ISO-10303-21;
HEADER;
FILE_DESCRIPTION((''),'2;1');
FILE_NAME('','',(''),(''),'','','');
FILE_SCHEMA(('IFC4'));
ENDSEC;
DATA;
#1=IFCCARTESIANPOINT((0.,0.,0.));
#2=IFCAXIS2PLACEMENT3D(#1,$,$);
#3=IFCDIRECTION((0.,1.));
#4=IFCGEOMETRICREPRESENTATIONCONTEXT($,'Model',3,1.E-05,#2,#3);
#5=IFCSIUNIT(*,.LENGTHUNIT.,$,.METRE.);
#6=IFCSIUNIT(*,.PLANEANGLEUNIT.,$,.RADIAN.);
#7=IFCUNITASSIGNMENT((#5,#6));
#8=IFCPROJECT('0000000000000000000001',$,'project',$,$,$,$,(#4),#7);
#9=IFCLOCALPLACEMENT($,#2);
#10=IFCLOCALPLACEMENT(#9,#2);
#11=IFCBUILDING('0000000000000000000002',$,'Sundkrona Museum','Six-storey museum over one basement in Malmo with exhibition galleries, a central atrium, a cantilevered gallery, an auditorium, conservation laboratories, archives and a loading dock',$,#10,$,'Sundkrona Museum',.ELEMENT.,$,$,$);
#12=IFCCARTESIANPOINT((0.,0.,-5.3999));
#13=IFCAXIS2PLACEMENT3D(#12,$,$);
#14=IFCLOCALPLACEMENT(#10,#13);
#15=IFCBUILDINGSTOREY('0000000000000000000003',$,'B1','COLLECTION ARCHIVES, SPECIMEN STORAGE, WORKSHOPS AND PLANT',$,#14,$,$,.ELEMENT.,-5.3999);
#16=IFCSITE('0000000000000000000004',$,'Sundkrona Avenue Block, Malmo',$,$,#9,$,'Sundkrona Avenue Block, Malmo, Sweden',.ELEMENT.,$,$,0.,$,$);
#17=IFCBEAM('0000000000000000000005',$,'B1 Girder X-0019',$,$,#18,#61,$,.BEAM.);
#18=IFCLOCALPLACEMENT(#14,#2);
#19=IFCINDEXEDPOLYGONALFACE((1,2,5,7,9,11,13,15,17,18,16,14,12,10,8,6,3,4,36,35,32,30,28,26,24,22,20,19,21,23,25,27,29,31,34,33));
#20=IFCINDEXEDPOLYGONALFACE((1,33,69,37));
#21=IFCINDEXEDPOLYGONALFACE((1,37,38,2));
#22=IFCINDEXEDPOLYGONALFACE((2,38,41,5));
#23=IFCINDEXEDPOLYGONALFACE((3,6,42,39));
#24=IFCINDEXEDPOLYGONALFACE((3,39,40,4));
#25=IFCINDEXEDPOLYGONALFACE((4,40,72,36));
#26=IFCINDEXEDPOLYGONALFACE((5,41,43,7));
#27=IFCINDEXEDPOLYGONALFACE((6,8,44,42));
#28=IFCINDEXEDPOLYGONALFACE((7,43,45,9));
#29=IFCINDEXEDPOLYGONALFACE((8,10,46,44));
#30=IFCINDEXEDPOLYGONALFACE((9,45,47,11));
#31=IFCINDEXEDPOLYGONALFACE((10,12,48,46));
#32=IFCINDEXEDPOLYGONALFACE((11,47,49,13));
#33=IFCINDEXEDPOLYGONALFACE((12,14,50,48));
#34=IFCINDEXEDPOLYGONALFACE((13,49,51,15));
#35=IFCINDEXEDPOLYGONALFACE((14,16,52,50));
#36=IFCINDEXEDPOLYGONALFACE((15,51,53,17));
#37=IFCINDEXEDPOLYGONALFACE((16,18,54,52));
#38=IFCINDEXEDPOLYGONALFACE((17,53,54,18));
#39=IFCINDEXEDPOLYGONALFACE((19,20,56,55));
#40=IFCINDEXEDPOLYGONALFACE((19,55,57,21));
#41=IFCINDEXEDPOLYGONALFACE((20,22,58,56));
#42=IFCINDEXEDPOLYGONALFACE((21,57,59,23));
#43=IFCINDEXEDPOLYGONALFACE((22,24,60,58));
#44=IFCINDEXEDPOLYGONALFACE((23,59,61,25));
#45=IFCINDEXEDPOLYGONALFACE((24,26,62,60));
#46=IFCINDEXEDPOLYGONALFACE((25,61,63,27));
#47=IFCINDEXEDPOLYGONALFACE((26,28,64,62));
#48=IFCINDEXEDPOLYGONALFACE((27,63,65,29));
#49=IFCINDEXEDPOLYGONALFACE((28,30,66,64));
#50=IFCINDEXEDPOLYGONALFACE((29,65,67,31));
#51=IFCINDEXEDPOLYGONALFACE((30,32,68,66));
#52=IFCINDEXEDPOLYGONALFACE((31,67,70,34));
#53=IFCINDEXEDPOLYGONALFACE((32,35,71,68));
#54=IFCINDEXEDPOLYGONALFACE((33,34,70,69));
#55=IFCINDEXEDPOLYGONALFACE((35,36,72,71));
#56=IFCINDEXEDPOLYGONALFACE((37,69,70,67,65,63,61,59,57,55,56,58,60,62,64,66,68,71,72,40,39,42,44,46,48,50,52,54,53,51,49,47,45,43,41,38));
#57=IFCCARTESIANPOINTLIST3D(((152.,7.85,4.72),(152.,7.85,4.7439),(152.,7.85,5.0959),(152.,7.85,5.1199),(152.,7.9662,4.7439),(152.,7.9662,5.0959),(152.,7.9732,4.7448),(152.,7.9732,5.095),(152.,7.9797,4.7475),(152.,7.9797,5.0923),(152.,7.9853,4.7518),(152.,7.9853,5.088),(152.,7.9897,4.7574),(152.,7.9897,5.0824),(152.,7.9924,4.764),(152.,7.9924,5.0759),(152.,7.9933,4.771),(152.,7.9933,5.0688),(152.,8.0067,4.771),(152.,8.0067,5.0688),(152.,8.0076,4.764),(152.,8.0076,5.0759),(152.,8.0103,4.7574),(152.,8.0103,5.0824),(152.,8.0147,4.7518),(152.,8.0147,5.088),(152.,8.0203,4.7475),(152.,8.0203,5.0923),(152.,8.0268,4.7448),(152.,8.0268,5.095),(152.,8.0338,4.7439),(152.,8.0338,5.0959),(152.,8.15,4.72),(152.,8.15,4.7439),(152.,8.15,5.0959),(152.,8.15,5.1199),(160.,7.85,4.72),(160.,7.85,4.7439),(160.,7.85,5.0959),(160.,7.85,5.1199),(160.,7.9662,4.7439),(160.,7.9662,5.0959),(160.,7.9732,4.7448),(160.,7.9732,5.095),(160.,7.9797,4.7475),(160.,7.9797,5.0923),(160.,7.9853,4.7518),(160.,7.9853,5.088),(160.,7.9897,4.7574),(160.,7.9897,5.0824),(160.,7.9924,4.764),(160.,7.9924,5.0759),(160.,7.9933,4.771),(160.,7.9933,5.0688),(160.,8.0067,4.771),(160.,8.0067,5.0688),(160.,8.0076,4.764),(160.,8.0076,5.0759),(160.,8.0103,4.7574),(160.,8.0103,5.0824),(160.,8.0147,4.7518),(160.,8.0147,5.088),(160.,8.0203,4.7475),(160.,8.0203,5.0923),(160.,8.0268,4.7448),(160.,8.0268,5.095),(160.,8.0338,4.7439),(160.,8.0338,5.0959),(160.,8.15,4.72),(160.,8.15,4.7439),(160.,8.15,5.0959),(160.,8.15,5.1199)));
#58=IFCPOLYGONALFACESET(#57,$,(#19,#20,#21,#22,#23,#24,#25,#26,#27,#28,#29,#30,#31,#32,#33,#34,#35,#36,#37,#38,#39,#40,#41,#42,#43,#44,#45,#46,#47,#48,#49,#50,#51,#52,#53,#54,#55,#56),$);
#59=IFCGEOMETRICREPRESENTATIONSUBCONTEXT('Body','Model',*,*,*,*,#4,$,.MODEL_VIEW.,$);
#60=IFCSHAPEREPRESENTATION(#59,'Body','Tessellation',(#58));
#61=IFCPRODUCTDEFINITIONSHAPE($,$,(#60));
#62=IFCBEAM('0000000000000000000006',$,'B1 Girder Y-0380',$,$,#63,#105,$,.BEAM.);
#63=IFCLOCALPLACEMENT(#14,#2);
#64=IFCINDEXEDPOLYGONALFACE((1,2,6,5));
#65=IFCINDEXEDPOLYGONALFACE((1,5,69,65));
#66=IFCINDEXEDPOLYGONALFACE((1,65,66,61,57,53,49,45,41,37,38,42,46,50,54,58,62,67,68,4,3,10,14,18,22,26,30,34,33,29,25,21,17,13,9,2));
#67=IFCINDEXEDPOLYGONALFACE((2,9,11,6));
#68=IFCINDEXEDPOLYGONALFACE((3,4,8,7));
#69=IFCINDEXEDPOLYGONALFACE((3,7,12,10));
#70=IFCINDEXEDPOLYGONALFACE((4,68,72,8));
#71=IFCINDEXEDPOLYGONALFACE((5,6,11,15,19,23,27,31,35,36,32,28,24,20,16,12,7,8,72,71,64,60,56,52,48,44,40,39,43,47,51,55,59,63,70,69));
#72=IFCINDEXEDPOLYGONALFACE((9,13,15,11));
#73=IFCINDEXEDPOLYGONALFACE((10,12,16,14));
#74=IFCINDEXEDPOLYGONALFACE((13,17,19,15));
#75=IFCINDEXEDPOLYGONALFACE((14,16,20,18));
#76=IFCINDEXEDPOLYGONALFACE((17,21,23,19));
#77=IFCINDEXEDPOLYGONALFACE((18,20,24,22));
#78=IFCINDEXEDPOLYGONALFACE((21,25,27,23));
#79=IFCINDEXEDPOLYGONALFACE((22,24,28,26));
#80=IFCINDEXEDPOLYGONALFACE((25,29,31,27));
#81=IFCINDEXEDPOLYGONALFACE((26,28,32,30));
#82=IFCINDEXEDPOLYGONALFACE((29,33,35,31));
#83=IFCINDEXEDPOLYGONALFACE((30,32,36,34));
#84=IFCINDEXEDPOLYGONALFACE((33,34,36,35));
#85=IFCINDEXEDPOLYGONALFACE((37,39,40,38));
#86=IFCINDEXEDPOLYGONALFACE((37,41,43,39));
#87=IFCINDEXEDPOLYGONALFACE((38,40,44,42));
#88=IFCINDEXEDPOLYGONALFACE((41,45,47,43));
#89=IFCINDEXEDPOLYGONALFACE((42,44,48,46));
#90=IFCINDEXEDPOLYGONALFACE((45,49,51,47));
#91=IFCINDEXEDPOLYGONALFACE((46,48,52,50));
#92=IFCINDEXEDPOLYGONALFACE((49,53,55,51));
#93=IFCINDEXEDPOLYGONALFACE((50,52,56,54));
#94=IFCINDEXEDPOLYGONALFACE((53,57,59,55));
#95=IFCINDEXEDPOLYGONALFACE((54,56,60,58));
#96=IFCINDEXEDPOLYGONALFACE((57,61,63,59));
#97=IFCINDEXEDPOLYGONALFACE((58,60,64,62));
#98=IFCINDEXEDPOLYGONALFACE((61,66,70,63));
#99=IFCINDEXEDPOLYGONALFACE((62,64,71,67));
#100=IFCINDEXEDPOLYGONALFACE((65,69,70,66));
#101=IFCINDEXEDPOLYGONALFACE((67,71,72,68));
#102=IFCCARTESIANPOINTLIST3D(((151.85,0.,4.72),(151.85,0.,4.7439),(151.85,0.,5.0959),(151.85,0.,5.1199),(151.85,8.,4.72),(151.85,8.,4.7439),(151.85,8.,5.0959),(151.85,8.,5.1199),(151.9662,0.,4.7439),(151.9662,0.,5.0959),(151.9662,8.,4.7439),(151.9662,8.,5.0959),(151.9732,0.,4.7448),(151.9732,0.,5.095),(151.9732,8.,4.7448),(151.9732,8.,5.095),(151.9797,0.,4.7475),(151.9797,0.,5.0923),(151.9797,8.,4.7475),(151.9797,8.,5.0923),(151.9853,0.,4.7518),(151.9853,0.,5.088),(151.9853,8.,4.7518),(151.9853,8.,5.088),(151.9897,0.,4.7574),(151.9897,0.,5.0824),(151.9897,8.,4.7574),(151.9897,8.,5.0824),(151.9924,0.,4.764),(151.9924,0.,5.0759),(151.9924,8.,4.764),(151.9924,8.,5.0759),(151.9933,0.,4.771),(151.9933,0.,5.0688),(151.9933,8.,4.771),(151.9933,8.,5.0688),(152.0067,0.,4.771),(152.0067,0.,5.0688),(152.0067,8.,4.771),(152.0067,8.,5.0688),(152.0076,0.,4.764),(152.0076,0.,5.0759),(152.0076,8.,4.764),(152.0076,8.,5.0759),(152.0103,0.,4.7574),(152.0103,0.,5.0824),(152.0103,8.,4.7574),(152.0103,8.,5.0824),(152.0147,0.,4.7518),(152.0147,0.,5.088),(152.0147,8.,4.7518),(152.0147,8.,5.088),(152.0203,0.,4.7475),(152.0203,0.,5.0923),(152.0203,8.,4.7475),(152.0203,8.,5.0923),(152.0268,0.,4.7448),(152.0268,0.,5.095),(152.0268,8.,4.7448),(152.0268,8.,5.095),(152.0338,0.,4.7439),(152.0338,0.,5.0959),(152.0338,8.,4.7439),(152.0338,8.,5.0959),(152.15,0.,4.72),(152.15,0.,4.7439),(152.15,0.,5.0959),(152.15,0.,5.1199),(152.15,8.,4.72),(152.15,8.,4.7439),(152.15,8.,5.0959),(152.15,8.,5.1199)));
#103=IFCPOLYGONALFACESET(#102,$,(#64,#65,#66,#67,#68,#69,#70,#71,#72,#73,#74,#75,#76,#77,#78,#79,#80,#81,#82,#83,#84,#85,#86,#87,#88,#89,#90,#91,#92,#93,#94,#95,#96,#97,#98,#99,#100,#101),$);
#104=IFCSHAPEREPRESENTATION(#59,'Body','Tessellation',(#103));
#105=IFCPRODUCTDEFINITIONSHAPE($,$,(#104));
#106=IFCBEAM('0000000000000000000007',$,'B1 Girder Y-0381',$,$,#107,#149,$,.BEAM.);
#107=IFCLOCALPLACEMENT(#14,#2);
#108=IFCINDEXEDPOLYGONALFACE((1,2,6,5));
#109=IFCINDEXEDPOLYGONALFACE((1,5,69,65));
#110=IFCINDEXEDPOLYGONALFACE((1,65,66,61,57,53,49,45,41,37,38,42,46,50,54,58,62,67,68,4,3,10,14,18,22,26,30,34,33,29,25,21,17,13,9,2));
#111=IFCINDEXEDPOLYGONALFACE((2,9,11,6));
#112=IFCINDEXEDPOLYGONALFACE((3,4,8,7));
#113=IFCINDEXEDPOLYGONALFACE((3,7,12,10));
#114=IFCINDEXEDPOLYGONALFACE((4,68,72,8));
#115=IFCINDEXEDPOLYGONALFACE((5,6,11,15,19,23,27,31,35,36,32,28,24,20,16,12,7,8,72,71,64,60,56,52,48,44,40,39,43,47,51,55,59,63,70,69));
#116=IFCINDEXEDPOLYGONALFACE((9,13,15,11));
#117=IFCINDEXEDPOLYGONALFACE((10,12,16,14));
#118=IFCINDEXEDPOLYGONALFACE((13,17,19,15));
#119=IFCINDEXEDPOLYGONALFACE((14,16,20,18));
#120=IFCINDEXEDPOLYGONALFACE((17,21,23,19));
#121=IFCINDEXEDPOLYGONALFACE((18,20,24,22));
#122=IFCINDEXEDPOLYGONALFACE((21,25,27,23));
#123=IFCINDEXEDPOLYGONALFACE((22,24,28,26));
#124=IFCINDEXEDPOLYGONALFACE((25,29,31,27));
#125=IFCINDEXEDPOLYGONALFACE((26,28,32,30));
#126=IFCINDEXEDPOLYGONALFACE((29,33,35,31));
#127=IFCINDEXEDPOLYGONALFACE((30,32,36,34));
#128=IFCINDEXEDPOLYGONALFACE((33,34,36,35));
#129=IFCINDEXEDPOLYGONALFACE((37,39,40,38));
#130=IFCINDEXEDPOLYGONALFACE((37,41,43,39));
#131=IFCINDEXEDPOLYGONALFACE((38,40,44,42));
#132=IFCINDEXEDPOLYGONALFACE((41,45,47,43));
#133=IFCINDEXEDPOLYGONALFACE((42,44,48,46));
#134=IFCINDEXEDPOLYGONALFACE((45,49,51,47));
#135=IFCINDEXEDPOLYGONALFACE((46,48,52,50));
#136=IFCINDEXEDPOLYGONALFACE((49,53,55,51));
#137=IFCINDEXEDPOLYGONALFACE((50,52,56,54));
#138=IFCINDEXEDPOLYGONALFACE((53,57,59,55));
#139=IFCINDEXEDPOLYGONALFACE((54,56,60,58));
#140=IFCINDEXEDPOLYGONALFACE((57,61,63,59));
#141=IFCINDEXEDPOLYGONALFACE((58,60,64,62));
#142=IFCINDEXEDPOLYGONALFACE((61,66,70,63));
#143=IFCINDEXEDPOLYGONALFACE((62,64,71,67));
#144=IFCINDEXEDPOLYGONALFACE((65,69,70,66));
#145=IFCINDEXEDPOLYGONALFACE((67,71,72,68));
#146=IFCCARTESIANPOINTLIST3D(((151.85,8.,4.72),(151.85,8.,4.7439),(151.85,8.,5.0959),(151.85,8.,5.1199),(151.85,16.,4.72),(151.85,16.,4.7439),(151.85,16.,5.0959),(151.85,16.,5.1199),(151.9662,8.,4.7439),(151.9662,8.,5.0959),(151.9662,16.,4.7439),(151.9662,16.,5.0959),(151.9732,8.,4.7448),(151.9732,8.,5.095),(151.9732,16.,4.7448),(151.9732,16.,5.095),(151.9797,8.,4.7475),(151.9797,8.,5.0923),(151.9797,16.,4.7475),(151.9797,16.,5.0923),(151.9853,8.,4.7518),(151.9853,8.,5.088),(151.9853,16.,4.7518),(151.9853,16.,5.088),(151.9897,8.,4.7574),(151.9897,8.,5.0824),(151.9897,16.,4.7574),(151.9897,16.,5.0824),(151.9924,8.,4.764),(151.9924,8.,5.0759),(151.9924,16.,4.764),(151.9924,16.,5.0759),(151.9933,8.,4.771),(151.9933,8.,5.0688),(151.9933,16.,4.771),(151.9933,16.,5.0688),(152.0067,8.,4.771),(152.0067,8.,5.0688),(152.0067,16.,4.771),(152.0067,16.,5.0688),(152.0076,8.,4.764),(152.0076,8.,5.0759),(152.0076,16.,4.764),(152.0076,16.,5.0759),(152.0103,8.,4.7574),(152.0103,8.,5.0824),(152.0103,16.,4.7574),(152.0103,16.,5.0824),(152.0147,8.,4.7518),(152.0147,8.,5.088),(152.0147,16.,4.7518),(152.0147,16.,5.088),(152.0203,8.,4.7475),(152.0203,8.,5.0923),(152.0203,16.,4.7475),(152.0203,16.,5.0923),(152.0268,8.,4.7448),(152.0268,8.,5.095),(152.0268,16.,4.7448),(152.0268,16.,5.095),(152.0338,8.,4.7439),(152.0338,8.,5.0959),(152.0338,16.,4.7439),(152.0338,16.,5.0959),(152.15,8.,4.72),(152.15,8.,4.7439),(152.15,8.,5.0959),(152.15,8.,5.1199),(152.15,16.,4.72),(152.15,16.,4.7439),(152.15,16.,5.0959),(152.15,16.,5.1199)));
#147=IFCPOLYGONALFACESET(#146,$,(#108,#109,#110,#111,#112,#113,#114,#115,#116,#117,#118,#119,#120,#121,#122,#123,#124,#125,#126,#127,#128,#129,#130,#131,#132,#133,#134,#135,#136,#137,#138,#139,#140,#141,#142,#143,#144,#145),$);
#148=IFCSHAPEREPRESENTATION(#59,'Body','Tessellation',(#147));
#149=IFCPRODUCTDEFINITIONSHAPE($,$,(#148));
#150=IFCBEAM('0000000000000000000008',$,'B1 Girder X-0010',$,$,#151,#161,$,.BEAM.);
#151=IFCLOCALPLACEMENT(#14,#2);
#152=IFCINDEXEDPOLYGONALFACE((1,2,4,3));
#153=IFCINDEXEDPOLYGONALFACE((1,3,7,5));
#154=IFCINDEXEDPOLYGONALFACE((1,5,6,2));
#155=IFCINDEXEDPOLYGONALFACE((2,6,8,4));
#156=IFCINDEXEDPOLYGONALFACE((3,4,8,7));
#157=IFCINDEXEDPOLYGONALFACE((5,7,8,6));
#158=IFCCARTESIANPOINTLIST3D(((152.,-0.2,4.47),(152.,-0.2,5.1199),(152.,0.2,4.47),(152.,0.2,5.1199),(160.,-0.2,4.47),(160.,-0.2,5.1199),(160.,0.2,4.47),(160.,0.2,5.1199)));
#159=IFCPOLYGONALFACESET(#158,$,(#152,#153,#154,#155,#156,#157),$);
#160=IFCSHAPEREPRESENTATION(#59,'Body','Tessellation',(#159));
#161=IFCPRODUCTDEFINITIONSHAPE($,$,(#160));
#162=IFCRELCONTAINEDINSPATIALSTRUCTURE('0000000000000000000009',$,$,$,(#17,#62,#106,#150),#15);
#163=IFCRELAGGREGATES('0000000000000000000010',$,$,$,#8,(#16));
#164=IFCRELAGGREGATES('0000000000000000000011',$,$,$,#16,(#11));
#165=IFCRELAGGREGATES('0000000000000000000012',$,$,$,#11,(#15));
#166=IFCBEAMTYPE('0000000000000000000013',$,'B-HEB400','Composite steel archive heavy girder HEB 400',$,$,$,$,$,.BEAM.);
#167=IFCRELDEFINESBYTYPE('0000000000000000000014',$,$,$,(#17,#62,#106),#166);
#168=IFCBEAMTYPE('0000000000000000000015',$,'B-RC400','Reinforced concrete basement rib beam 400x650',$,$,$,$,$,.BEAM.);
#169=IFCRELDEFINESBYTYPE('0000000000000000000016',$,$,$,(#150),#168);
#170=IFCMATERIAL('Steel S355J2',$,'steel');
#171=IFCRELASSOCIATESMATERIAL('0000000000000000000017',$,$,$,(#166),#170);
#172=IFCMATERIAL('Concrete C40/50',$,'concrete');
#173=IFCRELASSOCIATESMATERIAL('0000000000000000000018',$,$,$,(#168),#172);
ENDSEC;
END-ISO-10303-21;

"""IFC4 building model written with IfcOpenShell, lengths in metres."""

from ifc_helpers import new_model, si_unit, direction, frame, origin, origin_2d, place, context, subcontext, project, spatial, rectangle, i_section, extrude, material, material_profile, profile_set, type_object, element, save


model = new_model("IFC4")

# Units and contexts
model_context = context("Model", 3, precision=1e-05, world=origin(), true_north=direction((0.0, 1.0)))
body_context = subcontext(model_context, "Body", "Model", "MODEL_VIEW")
ifc_project = project(units=[si_unit("LENGTHUNIT", "METRE"), si_unit("PLANEANGLEUNIT", "RADIAN")], contexts=[model_context])

# Site, building, storey
site_placement = place(None, origin())
site = spatial("IfcSite", under=ifc_project, at=site_placement, Name="Sundkrona Avenue Block, Malmo", LongName="Sundkrona Avenue Block, Malmo, Sweden", CompositionType="ELEMENT", RefElevation=0.0)
building_placement = place(site_placement, origin())
building = spatial("IfcBuilding", under=site, at=building_placement, Name="Sundkrona Museum", Description="Six-storey museum over one basement in Malmo with exhibition galleries, a central atrium, a cantilevered gallery, an auditorium, conservation laboratories, archives and a loading dock", LongName="Sundkrona Museum", CompositionType="ELEMENT")
storey_placement = place(building_placement, frame((0.0, 0.0, -5.3999)))
storey = spatial("IfcBuildingStorey", under=building, at=storey_placement, Name="B1", Description="COLLECTION ARCHIVES, SPECIMEN STORAGE, WORKSHOPS AND PLANT", CompositionType="ELEMENT", Elevation=-5.3999)

# Shared definitions
ifc_material_1 = material(Name="Concrete C40/50", Category="concrete")

# Beams
ifc_material_2 = material(Name="Steel S355J2", Category="steel")
ifc_material_profile_1 = material_profile(ifc_material_2, i_section(OverallWidth=0.3, OverallDepth=0.3999, WebThickness=0.0134, FlangeThickness=0.0239, FilletRadius=0.0271, at=origin_2d()), Name="HEB 400")
ifc_profile_set_1 = profile_set([ifc_material_profile_1], Name="Steel S355J2")
beam_type_1 = type_object("IfcBeamType", Name="B-HEB400", Description="Composite steel archive heavy girder HEB 400", PredefinedType="BEAM", material=ifc_profile_set_1)
for number, where, z_axis, x_axis, name in (
    (1, (152.0, 8.0, 4.9199), (1.0, 0.0, 0.0), (0.0, 1.0, 0.0), "B1 Girder X-0019"),
    (2, (152.0, 0.0, 4.9199), (0.0, 1.0, 0.0), (-1.0, 0.0, 0.0), "B1 Girder Y-0380"),
    (3, (152.0, 8.0, 4.9199), (0.0, 1.0, 0.0), (-1.0, 0.0, 0.0), "B1 Girder Y-0381"),
):
    element("IfcBeam", number, at=place(storey_placement, frame(where, z_axis=z_axis, x_axis=x_axis)), inside=storey, type_object=beam_type_1, Name=name, PredefinedType="BEAM", context=body_context, shape_type="SweptSolid", body=[
        extrude(i_section(OverallWidth=0.3, OverallDepth=0.3999, WebThickness=0.0134, FlangeThickness=0.0239, FilletRadius=0.0271, at=origin_2d()), origin(), (0.0, 0.0, 1.0), 8.0),
    ])
ifc_material_profile_2 = material_profile(ifc_material_1, rectangle(XDim=0.3999, YDim=0.6499, at=origin_2d()), Name="RCB 400x650")
ifc_profile_set_2 = profile_set([ifc_material_profile_2], Name="Concrete C40/50")
beam_type_2 = type_object("IfcBeamType", Name="B-RC400", Description="Reinforced concrete basement rib beam 400x650", PredefinedType="BEAM", material=ifc_profile_set_2)
beam_1_placement = place(storey_placement, frame((152.0, 0.0, 4.7949), z_axis=(1.0, 0.0, 0.0), x_axis=(0.0, 1.0, 0.0)))
element("IfcBeam", 4, at=beam_1_placement, inside=storey, type_object=beam_type_2, Name="B1 Girder X-0010", PredefinedType="BEAM", context=body_context, shape_type="SweptSolid", body=[
    extrude(rectangle(XDim=0.3999, YDim=0.6499, at=origin_2d()), origin(), (0.0, 0.0, 1.0), 8.0),
])

save(model, "model.ifc")
